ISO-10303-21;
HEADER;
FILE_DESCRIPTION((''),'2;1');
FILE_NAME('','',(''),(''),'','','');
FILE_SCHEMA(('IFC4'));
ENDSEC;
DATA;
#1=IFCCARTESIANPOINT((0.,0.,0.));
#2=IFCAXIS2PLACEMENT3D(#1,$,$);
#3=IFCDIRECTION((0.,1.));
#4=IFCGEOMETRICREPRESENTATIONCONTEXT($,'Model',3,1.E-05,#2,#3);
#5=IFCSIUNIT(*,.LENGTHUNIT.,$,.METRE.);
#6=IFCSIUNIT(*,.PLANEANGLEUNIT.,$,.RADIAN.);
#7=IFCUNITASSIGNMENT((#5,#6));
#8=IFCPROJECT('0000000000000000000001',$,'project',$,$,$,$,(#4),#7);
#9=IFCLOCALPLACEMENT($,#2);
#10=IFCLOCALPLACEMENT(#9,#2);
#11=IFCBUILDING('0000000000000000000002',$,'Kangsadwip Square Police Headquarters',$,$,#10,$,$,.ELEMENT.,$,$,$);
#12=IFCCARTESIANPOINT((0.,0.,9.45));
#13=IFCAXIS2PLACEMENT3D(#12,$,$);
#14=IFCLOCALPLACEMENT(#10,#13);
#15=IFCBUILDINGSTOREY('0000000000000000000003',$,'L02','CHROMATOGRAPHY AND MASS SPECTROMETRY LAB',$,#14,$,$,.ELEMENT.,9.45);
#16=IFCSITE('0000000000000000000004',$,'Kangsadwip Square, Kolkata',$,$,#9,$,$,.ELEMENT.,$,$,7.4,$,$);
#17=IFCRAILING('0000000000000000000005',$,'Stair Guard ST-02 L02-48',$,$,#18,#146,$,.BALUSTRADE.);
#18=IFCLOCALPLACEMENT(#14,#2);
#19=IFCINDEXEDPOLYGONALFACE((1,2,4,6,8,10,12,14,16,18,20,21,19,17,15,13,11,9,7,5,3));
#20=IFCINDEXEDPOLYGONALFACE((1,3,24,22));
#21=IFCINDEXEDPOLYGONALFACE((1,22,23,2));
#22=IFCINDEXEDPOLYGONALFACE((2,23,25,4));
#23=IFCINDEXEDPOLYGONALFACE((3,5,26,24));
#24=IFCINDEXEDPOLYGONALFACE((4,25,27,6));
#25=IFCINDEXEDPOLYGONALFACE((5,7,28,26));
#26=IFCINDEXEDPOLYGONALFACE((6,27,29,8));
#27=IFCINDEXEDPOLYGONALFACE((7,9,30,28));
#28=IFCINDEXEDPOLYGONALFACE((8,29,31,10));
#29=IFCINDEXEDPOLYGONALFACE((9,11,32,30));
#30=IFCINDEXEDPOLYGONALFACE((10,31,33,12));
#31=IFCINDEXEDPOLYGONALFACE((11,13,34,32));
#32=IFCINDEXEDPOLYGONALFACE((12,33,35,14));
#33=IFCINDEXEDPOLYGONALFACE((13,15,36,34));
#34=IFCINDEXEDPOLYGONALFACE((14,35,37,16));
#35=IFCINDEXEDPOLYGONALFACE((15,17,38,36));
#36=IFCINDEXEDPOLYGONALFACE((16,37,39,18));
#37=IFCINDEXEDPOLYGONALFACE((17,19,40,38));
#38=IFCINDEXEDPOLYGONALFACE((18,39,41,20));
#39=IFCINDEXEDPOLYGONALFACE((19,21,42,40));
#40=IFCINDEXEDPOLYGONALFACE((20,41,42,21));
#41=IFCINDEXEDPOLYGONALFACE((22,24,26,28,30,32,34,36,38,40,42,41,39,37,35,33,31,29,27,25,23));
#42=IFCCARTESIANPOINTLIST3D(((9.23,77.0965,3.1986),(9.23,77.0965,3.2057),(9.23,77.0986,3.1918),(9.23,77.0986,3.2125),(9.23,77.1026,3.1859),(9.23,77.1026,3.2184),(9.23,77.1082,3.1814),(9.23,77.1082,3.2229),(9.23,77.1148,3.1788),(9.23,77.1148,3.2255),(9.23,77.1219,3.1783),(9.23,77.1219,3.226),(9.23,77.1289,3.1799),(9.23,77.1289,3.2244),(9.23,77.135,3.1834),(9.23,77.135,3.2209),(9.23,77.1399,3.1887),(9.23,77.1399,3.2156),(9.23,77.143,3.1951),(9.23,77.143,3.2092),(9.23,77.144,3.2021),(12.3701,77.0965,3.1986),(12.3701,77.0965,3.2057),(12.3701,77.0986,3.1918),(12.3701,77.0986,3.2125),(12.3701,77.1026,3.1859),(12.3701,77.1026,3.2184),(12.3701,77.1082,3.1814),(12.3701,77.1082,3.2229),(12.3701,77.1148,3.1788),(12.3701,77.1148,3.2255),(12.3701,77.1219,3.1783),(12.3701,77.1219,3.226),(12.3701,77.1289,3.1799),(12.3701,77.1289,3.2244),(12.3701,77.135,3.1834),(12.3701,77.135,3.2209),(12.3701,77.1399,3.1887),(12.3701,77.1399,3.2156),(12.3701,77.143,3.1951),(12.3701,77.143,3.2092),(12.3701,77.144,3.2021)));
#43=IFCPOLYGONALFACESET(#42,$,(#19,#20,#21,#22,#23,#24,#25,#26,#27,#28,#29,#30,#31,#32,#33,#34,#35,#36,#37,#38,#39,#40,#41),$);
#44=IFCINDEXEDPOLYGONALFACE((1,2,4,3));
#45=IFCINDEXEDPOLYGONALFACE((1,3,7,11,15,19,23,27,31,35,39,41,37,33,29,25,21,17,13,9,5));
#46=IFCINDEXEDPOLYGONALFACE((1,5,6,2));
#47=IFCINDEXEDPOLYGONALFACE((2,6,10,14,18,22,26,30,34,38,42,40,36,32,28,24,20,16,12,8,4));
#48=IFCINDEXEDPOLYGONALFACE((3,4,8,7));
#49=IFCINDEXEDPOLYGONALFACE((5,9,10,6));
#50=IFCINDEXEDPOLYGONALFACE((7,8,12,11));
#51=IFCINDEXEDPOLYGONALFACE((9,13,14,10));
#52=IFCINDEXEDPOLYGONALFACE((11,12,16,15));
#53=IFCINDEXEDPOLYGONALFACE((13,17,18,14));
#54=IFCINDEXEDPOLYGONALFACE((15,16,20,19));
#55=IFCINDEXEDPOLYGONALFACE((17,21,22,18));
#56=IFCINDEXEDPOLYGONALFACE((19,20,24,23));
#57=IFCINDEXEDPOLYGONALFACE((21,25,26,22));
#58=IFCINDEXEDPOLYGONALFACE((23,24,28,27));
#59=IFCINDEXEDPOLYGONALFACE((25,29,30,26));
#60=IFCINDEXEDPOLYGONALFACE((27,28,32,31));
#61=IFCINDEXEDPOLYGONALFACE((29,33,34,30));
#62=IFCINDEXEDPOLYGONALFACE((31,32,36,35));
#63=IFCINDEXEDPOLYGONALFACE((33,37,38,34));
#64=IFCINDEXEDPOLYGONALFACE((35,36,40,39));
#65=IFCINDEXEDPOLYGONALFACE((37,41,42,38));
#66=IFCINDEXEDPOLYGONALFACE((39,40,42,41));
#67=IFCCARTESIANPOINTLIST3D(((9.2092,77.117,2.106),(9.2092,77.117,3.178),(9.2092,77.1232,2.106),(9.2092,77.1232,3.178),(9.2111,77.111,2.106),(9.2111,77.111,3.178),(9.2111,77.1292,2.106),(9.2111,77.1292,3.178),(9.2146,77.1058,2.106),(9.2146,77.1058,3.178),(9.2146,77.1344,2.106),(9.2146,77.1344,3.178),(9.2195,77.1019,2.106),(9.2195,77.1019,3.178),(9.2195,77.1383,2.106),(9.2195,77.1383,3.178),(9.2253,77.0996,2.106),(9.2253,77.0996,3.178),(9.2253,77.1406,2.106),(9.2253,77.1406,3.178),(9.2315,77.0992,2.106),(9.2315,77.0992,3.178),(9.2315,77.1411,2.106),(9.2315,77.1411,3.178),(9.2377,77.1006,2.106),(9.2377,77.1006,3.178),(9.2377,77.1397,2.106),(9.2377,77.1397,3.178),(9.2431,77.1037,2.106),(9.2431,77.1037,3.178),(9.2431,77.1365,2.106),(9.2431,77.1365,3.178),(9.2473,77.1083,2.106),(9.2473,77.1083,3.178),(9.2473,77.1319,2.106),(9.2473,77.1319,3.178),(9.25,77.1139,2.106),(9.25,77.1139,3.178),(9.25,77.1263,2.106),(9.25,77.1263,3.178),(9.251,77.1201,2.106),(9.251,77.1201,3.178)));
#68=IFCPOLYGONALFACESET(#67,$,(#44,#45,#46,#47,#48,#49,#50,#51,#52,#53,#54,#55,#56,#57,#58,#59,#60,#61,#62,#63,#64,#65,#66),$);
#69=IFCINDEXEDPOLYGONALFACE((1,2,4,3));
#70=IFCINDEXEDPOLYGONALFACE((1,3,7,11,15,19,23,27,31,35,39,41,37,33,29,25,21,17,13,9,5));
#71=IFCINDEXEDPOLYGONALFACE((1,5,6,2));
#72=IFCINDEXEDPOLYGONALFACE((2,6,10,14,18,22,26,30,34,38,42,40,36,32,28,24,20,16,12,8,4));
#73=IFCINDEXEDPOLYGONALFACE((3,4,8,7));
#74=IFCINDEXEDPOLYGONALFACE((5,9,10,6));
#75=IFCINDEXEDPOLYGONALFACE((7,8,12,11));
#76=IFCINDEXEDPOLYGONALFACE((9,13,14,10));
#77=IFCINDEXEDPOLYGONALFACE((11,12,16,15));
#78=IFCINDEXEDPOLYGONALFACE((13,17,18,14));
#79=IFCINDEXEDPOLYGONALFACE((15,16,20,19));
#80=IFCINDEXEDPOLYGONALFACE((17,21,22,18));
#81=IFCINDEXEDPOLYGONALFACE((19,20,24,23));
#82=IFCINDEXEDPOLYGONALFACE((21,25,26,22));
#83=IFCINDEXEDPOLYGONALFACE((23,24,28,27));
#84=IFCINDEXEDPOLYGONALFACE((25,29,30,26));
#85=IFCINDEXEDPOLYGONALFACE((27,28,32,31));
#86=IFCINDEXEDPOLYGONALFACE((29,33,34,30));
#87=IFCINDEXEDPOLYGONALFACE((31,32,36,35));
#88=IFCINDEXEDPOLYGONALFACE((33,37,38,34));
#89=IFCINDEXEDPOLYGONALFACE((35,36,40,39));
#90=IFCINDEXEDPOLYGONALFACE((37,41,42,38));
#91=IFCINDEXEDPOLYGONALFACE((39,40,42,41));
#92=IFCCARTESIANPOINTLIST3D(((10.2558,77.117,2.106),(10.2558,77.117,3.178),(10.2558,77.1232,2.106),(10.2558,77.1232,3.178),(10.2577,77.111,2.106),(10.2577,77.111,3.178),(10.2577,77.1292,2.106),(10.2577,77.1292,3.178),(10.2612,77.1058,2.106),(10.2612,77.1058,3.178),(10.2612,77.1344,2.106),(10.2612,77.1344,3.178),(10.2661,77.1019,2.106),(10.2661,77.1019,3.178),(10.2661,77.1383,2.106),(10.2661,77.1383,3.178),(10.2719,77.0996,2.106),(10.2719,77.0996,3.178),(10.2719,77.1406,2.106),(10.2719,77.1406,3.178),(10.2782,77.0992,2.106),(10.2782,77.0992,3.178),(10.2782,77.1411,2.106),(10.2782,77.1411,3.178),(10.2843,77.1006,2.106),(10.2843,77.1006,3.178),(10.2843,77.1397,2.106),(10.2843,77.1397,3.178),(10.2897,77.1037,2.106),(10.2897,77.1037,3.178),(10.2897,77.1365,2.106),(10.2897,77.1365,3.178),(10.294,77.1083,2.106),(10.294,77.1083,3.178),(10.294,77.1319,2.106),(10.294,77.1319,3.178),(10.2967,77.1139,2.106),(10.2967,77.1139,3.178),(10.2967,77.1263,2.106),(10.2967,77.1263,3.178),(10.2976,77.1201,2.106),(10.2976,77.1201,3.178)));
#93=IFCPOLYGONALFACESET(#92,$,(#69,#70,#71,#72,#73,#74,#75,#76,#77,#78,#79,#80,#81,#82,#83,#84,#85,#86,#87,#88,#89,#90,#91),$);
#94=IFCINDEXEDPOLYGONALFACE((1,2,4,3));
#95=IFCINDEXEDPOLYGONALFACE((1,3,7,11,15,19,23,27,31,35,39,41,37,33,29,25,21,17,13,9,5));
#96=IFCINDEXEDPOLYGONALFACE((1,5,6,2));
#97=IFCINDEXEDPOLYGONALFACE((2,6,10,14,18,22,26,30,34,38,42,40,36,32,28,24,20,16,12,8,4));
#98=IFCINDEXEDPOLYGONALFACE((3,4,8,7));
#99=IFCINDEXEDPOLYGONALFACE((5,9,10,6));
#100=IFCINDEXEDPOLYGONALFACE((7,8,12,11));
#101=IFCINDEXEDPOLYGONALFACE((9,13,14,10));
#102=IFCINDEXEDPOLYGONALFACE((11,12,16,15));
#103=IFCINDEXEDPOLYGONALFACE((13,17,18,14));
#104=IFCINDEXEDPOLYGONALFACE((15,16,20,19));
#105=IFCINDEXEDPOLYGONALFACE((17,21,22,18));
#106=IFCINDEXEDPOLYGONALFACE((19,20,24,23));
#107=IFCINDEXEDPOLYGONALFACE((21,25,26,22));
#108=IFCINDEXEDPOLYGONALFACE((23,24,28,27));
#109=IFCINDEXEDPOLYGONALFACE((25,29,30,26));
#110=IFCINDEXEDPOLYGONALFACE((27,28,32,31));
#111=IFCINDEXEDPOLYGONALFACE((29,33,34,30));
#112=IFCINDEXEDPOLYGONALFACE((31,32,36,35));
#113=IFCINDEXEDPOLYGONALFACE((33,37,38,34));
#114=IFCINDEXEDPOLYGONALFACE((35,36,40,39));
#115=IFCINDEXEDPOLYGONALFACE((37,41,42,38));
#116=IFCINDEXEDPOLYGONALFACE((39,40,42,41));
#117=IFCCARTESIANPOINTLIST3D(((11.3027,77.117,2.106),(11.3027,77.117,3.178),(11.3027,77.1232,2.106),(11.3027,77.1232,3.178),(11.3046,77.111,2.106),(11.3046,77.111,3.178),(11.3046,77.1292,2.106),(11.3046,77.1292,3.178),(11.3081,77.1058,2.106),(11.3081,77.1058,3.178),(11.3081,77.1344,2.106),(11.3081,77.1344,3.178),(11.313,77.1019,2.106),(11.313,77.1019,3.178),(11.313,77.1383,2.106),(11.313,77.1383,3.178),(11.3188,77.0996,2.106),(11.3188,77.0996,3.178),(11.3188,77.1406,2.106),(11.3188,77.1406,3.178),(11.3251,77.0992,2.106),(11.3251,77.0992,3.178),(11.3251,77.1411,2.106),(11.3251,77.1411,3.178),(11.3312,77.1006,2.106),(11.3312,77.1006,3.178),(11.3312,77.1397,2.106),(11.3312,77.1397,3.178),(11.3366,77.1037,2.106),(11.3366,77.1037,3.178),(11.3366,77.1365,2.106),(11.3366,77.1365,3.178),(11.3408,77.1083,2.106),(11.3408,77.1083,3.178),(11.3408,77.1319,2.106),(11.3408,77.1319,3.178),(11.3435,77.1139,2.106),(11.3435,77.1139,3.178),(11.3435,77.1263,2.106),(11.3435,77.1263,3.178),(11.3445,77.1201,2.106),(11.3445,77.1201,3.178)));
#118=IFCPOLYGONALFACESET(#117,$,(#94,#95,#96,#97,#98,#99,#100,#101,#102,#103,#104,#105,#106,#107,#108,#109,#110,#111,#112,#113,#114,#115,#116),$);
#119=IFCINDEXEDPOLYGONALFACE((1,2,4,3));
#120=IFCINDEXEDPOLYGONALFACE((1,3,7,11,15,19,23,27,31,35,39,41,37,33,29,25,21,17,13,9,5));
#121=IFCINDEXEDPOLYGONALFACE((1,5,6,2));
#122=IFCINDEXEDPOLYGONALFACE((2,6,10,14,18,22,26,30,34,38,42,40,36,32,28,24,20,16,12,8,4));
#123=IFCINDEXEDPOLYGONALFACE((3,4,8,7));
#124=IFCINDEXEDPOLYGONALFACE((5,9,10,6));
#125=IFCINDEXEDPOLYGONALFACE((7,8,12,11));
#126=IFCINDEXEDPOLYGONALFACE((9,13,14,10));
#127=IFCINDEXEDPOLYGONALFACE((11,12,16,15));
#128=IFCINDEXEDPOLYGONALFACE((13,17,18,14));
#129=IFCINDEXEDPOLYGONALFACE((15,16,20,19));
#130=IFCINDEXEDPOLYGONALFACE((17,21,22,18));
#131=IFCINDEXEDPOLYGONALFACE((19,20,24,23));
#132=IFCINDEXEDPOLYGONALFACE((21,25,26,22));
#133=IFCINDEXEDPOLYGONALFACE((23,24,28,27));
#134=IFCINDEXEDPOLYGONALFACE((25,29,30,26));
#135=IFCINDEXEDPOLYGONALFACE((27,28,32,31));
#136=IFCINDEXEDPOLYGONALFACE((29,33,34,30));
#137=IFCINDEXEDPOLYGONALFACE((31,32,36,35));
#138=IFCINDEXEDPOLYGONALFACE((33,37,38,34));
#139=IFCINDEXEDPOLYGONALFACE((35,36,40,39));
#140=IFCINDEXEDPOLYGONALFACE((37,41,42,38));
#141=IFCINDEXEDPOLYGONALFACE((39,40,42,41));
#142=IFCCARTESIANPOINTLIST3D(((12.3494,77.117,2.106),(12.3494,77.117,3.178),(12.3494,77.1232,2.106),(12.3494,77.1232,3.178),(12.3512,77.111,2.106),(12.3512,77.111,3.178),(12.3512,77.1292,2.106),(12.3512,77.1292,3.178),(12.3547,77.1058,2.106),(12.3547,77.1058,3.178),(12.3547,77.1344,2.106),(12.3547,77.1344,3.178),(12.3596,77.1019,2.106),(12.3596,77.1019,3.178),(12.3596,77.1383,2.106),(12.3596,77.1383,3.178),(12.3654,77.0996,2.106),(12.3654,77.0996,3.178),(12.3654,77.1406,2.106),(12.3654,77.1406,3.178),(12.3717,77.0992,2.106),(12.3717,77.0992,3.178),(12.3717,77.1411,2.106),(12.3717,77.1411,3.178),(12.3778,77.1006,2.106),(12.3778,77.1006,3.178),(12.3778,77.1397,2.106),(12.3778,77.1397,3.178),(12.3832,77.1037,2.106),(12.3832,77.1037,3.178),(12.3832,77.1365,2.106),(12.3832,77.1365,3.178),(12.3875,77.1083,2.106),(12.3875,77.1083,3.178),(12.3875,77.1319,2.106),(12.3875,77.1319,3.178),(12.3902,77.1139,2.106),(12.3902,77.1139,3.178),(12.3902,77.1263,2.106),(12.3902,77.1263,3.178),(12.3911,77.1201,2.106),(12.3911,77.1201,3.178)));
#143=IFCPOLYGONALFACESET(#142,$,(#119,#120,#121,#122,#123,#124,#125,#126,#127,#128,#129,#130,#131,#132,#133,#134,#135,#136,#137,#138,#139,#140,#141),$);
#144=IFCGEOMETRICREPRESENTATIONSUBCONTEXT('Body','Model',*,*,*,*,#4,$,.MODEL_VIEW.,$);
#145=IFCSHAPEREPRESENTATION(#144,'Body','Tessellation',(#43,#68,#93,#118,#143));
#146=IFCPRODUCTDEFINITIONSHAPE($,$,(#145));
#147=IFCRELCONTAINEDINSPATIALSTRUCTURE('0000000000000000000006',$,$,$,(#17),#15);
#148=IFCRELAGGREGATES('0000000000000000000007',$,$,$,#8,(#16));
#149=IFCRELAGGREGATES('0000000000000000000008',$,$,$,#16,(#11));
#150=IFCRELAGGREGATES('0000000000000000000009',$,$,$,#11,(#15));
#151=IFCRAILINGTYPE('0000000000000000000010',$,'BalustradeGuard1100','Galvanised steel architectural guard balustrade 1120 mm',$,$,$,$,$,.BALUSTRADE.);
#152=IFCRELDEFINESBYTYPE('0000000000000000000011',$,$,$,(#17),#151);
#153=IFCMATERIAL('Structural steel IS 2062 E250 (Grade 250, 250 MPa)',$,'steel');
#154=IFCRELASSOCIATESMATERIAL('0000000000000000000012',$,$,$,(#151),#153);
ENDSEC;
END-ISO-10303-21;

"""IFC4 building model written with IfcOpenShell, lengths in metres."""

from ifc_helpers import new_model, si_unit, direction, frame, origin, origin_2d, place, context, subcontext, project, spatial, circle, extrude, material, type_object, element, save


model = new_model("IFC4")

# Units and contexts
model_context = context("Model", 3, precision=1e-05, world=origin(), true_north=direction((0.0, 1.0)))
body_context = subcontext(model_context, "Body", "Model", "MODEL_VIEW")
ifc_project = project(units=[si_unit("LENGTHUNIT", "METRE"), si_unit("PLANEANGLEUNIT", "RADIAN")], contexts=[model_context])

# Site, building, storey
site_placement = place(None, origin())
site = spatial("IfcSite", under=ifc_project, at=site_placement, Name="Kangsadwip Square, Kolkata", CompositionType="ELEMENT", RefElevation=7.4)
building_placement = place(site_placement, origin())
building = spatial("IfcBuilding", under=site, at=building_placement, Name="Kangsadwip Square Police Headquarters", CompositionType="ELEMENT")
storey_placement = place(building_placement, frame((0.0, 0.0, 9.45)))
storey = spatial("IfcBuildingStorey", under=building, at=storey_placement, Name="L02", Description="CHROMATOGRAPHY AND MASS SPECTROMETRY LAB", CompositionType="ELEMENT", Elevation=9.45)

# Railing
ifc_material_1 = material(Name="Structural steel IS 2062 E250 (Grade 250, 250 MPa)", Category="steel")
railing_type_1 = type_object("IfcRailingType", Name="BalustradeGuard1100", Description="Galvanised steel architectural guard balustrade 1120 mm", PredefinedType="BALUSTRADE", material=ifc_material_1)
for number, where, name in (
    (1, (9.23, 77.1201, 2.106), "Stair Guard ST-02 L02-48"),
):
    element("IfcRailing", number, at=place(storey_placement, frame(where)), inside=storey, type_object=railing_type_1, Name=name, PredefinedType="BALUSTRADE", context=body_context, shape_type="SweptSolid", body=[
        extrude(circle(Radius=0.0239, at=origin_2d()), frame((0.0, 0.0, 1.0962), z_axis=(1.0, 0.0, 0.0), x_axis=(0.0, 1.0, 0.0)), (0.0, 0.0, 1.0), 3.1401),
        extrude(circle(Radius=0.021, at=origin_2d()), origin(), (0.0, 0.0, 1.0), 1.072),
        extrude(circle(Radius=0.021, at=origin_2d()), frame((1.0466, 0.0, 0.0)), (0.0, 0.0, 1.0), 1.072),
        extrude(circle(Radius=0.021, at=origin_2d()), frame((2.0935, 0.0, 0.0)), (0.0, 0.0, 1.0), 1.072),
        extrude(circle(Radius=0.021, at=origin_2d()), frame((3.1401, 0.0, 0.0)), (0.0, 0.0, 1.0), 1.072),
    ])

save(model, "model.ifc")
